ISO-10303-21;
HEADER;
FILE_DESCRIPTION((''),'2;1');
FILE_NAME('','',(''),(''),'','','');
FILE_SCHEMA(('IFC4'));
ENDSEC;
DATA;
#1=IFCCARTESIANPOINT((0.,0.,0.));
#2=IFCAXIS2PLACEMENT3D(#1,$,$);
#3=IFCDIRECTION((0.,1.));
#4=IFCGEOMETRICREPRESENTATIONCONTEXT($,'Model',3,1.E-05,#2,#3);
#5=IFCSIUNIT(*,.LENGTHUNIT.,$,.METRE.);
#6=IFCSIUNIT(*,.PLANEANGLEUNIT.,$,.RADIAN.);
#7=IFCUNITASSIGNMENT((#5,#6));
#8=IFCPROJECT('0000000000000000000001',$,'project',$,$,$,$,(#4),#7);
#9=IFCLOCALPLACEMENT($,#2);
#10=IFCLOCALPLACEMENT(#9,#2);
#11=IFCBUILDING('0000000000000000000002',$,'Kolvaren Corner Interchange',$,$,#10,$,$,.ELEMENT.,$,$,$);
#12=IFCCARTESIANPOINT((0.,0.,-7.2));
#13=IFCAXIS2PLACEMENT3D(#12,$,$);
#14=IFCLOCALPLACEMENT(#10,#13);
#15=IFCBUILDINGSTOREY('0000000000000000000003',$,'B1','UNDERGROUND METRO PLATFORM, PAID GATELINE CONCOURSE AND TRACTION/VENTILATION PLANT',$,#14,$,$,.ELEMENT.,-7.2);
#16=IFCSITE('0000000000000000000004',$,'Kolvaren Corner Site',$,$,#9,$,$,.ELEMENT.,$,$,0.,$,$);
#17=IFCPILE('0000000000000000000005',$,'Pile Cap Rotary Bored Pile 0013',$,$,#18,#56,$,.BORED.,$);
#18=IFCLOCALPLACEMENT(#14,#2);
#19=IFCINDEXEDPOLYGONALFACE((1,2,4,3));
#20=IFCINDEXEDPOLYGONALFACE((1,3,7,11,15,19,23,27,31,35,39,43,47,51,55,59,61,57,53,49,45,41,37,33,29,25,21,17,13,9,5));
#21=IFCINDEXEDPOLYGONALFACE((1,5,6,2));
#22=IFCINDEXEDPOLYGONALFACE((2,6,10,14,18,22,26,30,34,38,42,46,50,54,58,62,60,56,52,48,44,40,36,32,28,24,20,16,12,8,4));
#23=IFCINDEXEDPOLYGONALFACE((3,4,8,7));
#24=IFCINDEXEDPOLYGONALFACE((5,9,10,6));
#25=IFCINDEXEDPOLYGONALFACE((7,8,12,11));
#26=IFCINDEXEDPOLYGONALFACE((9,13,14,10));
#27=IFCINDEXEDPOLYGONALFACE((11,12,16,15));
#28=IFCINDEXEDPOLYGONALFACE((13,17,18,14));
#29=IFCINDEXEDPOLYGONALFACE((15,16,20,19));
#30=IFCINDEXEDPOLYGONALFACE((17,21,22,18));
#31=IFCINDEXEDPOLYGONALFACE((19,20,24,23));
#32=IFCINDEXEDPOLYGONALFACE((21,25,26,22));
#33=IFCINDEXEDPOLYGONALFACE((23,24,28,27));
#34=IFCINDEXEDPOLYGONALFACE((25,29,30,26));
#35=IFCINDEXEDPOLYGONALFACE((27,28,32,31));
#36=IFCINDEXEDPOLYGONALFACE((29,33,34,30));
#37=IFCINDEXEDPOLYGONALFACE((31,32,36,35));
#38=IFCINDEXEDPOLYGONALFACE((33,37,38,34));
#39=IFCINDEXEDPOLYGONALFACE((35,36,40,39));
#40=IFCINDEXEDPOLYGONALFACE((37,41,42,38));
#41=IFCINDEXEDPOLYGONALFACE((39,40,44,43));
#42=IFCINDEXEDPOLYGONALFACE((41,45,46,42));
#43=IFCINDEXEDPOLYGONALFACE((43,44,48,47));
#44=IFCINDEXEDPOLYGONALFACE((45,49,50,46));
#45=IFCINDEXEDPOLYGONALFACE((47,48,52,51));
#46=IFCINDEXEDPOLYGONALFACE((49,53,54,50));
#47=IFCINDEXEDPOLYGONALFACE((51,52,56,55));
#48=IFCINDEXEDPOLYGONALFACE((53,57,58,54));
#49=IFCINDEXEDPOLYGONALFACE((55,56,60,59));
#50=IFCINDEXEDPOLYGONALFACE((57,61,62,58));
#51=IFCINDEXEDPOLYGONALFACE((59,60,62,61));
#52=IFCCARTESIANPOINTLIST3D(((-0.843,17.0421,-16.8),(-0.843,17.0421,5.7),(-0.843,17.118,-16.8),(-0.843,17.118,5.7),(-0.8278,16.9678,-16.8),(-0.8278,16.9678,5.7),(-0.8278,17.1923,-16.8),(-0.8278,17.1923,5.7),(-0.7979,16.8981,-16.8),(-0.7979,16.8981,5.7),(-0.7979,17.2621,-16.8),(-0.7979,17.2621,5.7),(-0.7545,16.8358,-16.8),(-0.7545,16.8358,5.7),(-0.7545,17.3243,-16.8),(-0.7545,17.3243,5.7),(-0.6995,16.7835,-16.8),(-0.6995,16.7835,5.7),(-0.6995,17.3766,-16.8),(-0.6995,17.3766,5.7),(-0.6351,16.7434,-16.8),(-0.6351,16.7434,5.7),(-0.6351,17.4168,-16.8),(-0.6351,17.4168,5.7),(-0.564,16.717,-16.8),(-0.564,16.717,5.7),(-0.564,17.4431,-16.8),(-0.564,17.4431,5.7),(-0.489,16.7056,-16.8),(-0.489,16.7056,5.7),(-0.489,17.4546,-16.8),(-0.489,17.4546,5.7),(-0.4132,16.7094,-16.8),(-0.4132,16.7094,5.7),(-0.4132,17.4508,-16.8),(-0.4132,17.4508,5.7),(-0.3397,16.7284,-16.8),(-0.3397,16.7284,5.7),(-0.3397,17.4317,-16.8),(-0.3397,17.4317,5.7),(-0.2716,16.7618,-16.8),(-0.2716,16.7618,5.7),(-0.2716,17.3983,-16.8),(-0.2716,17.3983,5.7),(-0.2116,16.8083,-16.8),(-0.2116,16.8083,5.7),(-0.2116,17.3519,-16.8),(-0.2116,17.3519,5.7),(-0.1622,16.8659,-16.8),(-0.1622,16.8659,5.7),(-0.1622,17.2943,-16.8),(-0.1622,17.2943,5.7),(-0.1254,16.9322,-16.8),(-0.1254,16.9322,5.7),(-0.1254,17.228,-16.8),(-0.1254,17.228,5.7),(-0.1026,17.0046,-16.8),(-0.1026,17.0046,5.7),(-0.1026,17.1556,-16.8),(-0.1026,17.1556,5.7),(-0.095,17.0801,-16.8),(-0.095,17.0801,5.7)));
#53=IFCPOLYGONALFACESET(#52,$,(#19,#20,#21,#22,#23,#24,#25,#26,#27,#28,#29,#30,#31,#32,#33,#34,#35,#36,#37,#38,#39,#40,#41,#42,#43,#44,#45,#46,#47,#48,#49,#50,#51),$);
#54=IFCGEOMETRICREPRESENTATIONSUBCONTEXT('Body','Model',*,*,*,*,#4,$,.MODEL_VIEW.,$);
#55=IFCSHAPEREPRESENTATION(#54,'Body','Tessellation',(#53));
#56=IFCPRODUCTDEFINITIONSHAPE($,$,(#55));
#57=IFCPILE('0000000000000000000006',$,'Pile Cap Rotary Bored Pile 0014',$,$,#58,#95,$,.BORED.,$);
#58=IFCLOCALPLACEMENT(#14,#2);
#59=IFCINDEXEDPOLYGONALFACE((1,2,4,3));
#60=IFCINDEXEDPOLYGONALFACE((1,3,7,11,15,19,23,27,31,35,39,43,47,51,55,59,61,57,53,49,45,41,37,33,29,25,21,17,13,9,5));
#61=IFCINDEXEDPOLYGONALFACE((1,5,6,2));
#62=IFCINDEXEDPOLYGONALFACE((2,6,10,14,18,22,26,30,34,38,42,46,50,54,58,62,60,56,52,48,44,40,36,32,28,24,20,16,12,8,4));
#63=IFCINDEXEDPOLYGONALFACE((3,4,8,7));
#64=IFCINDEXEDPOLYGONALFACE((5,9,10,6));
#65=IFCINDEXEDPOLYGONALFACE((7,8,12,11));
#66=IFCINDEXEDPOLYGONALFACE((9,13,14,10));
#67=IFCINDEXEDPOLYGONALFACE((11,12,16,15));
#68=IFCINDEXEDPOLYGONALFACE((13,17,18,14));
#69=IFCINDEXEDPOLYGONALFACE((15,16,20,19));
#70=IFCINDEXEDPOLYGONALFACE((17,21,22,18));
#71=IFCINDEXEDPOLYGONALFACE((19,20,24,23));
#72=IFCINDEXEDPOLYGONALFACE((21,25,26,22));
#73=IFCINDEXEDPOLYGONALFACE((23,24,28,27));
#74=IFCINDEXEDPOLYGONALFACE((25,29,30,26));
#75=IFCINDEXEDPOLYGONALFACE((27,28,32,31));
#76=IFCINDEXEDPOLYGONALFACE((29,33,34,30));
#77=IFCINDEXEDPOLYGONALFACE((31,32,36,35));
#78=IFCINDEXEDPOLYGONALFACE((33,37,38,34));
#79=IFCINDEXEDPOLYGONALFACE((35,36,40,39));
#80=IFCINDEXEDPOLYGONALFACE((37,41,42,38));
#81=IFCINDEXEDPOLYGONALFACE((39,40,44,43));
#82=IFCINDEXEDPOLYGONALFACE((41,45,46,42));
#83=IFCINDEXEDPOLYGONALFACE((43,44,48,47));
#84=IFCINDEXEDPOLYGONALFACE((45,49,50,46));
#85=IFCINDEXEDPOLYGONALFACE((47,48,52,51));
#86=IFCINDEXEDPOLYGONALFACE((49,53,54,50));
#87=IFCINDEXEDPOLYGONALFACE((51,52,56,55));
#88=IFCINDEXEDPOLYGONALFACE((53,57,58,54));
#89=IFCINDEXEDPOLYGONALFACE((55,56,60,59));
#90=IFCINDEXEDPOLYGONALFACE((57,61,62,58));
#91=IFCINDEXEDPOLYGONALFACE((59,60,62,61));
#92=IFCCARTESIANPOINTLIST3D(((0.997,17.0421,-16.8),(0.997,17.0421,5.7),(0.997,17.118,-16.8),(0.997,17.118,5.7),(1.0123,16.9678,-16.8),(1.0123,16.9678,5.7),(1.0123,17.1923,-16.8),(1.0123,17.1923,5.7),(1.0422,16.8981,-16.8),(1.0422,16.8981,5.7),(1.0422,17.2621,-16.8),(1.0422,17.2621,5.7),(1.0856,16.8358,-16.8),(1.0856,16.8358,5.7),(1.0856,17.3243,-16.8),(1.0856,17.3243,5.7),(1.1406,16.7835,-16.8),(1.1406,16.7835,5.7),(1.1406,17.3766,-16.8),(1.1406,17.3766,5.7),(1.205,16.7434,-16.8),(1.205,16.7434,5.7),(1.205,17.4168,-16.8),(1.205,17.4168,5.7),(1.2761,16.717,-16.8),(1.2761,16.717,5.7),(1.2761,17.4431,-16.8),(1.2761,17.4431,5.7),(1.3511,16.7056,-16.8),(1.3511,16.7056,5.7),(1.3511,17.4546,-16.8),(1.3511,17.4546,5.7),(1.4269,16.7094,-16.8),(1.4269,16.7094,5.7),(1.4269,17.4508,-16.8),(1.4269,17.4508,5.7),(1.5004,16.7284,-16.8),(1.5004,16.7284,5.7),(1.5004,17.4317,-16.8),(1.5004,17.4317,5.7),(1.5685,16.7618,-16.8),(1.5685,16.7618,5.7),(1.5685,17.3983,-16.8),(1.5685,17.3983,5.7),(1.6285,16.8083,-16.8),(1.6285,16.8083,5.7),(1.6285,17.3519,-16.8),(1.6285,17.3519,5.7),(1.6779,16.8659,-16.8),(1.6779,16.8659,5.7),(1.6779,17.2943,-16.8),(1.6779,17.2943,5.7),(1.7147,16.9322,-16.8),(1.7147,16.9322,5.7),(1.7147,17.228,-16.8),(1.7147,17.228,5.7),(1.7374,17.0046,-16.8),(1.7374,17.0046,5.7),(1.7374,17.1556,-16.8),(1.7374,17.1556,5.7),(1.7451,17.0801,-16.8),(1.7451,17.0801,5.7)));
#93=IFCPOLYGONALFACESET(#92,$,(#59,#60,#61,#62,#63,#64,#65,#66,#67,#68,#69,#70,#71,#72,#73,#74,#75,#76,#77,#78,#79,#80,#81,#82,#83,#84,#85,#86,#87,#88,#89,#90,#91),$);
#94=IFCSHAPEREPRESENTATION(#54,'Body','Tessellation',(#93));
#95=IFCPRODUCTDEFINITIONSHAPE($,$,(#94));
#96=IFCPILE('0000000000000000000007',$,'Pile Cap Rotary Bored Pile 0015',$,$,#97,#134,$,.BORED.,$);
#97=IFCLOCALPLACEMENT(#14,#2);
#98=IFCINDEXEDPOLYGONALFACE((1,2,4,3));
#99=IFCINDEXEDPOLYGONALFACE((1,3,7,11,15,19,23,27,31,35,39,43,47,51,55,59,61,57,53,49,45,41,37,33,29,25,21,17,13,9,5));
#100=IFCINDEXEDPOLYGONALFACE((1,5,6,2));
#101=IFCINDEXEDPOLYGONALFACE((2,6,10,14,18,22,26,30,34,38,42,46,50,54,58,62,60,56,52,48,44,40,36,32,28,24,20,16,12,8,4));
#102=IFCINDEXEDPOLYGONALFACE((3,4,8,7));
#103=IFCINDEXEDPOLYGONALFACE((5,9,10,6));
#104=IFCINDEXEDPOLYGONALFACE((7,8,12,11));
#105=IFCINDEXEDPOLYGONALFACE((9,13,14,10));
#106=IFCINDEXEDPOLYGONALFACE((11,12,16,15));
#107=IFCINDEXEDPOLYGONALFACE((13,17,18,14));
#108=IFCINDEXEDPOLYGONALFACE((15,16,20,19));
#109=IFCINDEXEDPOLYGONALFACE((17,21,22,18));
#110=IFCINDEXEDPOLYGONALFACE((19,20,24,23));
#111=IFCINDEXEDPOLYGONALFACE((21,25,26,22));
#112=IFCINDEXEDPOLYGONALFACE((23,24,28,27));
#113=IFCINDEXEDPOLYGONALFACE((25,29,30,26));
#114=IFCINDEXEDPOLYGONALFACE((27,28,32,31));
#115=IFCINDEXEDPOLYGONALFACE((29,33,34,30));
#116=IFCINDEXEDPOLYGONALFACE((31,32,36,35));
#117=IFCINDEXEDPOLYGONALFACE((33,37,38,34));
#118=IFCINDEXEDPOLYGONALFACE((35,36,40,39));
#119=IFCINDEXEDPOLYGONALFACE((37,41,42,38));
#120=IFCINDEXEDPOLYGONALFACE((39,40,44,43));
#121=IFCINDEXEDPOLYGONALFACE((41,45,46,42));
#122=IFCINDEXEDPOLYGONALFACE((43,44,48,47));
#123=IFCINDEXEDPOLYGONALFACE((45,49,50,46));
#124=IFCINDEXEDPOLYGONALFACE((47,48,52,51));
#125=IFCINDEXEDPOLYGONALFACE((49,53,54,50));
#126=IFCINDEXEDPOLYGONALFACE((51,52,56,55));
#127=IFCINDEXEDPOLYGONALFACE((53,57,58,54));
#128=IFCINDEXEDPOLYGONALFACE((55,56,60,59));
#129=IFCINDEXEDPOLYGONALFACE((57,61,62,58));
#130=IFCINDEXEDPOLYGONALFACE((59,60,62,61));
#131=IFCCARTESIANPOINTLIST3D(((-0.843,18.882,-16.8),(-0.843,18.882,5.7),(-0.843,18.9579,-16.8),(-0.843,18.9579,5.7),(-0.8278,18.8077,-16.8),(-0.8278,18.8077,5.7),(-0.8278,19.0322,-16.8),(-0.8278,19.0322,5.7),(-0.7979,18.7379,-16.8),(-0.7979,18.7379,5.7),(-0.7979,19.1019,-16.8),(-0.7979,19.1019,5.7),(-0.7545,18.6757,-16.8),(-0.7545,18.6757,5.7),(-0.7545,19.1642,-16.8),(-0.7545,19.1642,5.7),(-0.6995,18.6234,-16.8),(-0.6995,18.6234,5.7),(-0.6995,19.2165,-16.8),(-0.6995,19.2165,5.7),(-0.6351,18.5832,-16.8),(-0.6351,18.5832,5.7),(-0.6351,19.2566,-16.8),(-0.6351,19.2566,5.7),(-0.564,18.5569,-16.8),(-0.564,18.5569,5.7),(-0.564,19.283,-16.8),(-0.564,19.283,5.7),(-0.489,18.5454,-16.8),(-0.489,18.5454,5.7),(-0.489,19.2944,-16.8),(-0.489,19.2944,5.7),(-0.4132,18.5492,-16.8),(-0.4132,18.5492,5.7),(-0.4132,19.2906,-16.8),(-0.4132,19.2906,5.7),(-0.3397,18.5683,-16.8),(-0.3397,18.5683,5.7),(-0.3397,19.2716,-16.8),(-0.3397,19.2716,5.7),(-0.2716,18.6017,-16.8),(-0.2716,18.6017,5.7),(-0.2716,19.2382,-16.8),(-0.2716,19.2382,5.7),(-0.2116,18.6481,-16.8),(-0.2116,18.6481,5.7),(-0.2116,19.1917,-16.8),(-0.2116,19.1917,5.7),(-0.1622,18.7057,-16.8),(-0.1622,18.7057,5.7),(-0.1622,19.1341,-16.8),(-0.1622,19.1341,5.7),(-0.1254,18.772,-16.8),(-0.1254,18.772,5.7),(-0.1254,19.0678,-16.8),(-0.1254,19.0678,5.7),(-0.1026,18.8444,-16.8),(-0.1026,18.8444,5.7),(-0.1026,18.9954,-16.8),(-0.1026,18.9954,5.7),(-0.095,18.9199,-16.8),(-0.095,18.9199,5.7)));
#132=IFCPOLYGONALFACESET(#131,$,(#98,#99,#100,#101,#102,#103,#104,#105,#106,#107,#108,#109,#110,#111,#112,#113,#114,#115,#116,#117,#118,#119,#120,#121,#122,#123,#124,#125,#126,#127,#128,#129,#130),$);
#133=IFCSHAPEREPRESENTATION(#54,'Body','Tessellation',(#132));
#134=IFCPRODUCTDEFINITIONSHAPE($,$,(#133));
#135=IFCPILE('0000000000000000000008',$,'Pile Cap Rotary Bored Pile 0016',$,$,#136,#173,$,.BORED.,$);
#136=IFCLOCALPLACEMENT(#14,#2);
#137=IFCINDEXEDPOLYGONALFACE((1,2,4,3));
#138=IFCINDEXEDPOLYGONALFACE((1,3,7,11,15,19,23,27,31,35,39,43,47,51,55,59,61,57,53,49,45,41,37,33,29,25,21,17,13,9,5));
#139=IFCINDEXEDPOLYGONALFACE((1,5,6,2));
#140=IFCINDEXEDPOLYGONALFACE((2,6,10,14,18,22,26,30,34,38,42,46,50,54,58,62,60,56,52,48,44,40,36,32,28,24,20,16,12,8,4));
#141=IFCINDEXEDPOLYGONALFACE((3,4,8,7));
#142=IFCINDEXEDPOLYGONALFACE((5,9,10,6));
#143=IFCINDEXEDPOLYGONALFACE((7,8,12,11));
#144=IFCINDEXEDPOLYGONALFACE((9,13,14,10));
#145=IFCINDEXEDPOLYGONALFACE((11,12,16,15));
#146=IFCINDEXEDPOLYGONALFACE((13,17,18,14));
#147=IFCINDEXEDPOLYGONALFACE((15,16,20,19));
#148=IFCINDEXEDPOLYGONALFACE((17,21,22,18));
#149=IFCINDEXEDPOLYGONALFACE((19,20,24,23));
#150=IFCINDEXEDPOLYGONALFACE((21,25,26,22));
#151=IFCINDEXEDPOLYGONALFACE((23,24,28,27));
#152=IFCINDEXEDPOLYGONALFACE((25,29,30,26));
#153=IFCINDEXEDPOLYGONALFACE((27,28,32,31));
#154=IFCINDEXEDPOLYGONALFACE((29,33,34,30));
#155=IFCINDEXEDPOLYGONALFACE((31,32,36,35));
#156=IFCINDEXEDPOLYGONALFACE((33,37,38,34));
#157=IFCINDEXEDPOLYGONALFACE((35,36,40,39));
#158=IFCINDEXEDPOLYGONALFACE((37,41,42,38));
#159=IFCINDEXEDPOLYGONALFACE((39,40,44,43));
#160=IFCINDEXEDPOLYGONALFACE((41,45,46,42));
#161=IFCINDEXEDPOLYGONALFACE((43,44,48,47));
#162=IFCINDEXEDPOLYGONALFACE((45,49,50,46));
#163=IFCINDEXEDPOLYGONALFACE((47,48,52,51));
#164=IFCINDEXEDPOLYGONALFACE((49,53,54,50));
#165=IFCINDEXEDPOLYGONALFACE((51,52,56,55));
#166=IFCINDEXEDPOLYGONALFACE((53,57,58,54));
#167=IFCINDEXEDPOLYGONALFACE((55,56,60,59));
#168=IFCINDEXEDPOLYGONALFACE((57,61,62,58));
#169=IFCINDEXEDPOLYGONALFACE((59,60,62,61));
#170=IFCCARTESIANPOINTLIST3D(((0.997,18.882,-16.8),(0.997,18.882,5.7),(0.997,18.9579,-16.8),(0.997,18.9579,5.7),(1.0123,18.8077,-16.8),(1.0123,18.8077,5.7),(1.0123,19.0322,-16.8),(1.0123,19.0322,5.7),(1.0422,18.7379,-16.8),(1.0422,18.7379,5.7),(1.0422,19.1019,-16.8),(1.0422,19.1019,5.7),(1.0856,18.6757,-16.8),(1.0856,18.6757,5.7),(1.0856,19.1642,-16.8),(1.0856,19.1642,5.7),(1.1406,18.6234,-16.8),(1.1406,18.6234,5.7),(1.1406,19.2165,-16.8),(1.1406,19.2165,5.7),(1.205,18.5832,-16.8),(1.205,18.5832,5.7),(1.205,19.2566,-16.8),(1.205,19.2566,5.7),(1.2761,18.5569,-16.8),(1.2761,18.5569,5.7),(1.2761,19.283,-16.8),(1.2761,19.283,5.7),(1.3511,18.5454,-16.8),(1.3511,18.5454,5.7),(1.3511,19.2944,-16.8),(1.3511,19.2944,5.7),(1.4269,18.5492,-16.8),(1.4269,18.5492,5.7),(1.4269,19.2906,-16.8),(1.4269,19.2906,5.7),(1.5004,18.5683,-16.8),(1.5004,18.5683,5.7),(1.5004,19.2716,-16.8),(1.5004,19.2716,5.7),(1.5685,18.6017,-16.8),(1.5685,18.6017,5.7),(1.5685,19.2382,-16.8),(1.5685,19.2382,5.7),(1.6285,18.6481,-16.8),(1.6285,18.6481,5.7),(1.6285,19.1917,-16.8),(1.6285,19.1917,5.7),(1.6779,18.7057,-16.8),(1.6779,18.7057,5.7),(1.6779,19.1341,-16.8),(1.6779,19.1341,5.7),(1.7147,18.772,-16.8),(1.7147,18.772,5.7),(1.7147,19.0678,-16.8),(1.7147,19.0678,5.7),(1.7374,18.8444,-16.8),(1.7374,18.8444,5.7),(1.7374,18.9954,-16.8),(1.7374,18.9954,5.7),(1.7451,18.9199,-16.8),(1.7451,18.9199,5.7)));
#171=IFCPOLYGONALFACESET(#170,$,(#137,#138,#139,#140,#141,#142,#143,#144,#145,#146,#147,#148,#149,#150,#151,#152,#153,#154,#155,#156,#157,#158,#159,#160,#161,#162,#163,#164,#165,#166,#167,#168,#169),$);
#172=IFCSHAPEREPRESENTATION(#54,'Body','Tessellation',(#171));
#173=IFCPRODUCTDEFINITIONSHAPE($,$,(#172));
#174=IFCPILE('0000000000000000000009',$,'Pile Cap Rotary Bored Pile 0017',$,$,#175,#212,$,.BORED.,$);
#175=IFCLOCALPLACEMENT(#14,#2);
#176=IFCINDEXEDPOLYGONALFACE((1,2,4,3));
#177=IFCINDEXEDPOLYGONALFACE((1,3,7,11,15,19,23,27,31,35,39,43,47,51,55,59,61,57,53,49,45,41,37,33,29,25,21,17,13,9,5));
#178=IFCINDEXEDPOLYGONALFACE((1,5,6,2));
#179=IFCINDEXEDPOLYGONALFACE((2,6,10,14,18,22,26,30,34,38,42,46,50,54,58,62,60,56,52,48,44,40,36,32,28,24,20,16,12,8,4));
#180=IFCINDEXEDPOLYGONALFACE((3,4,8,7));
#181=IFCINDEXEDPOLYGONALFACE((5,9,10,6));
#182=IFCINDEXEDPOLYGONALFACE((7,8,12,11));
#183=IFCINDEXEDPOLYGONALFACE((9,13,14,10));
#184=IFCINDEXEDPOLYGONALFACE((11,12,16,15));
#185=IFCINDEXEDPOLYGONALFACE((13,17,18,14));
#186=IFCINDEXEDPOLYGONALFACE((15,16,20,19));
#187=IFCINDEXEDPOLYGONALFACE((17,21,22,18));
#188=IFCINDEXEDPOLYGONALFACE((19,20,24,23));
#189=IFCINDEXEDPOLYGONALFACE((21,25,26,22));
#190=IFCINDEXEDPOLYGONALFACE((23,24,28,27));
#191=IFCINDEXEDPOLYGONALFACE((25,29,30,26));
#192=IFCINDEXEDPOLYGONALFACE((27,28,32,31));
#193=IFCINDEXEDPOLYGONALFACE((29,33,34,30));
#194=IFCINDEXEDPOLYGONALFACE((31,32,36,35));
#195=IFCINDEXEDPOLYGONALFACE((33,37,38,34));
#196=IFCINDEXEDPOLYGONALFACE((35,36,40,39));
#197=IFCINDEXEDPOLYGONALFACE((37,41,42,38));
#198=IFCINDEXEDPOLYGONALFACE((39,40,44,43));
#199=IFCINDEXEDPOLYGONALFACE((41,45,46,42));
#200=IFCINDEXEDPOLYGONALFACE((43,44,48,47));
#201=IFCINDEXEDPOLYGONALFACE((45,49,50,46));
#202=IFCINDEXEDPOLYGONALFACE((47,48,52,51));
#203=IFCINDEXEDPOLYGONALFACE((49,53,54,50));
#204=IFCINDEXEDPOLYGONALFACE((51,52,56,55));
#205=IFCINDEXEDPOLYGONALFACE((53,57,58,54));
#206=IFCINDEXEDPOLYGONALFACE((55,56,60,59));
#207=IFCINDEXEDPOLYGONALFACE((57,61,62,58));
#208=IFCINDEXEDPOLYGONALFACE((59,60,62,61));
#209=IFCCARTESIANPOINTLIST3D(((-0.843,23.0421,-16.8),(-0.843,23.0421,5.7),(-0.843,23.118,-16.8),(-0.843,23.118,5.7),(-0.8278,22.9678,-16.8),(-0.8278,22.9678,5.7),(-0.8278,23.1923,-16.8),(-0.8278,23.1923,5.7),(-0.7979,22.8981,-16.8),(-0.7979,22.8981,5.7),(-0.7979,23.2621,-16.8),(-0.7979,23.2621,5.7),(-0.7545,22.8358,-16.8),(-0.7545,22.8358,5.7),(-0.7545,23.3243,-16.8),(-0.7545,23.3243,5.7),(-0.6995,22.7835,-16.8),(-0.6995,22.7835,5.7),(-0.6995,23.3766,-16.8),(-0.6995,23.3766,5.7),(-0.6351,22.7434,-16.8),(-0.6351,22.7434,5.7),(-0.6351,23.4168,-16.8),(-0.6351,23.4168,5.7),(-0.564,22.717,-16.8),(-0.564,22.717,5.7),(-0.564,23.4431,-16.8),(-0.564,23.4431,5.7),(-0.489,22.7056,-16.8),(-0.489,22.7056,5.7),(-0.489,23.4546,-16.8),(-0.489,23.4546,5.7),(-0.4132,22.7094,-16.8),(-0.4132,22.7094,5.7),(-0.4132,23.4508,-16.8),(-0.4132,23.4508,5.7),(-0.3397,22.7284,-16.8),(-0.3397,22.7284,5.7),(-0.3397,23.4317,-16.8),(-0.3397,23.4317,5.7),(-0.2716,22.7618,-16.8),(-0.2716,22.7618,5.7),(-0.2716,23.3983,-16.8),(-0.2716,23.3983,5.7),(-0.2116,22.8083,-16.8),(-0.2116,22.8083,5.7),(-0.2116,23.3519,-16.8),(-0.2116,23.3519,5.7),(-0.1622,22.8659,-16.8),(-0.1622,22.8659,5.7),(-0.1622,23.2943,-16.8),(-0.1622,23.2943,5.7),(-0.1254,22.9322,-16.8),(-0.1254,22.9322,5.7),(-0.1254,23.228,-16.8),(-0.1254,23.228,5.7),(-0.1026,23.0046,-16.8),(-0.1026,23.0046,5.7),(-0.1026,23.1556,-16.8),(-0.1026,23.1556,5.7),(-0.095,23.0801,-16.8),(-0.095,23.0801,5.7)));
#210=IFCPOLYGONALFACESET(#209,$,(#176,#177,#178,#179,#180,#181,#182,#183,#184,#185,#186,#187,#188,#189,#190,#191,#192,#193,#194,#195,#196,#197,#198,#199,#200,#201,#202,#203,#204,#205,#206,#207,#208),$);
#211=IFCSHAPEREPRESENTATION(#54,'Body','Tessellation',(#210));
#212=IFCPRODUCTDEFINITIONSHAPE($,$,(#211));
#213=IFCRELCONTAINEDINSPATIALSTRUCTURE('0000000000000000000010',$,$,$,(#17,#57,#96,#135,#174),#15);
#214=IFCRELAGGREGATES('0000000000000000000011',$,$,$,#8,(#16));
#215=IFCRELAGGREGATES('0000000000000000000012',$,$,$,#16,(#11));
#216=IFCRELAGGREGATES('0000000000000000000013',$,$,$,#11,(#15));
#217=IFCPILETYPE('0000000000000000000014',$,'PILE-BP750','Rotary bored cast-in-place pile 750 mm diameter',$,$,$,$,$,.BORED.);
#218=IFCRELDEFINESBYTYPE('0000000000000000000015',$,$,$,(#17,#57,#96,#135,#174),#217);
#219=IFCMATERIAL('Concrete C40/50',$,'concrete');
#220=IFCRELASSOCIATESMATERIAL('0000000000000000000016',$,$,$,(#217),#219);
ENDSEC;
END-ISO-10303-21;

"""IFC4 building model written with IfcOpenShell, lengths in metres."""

from ifc_helpers import new_model, si_unit, direction, frame, origin, origin_2d, place, context, subcontext, project, spatial, circle, extrude, material, material_profile, profile_set, type_object, element, save


model = new_model("IFC4")

# Units and contexts
model_context = context("Model", 3, precision=1e-05, world=origin(), true_north=direction((0.0, 1.0)))
body_context = subcontext(model_context, "Body", "Model", "MODEL_VIEW")
ifc_project = project(units=[si_unit("LENGTHUNIT", "METRE"), si_unit("PLANEANGLEUNIT", "RADIAN")], contexts=[model_context])

# Site, building, storey
site_placement = place(None, origin())
site = spatial("IfcSite", under=ifc_project, at=site_placement, Name="Kolvaren Corner Site", CompositionType="ELEMENT", RefElevation=0.0)
building_placement = place(site_placement, origin())
building = spatial("IfcBuilding", under=site, at=building_placement, Name="Kolvaren Corner Interchange", CompositionType="ELEMENT")
storey_placement = place(building_placement, frame((0.0, 0.0, -7.2)))
storey = spatial("IfcBuildingStorey", under=building, at=storey_placement, Name="B1", Description="UNDERGROUND METRO PLATFORM, PAID GATELINE CONCOURSE AND TRACTION/VENTILATION PLANT", CompositionType="ELEMENT", Elevation=-7.2)

# Piles
ifc_material_1 = material(Name="Concrete C40/50", Category="concrete")
ifc_material_profile = material_profile(ifc_material_1, circle(Radius=0.375, at=origin_2d()), Name="BORED PILE 750")
ifc_profile_set = profile_set([ifc_material_profile], Name="Concrete C40/50")
pile_type = type_object("IfcPileType", Name="PILE-BP750", Description="Rotary bored cast-in-place pile 750 mm diameter", PredefinedType="BORED", material=ifc_profile_set)
for number, where, z_axis, x_axis, name in (
    (1, (-0.47, 17.0801, 5.7), (0.0, 0.0, -1.0), (1.0, 0.0, 0.0), "Pile Cap Rotary Bored Pile 0013"),
    (2, (1.3701, 17.0801, 5.7), (0.0, 0.0, -1.0), (1.0, 0.0, 0.0), "Pile Cap Rotary Bored Pile 0014"),
    (3, (-0.47, 18.9199, 5.7), (0.0, 0.0, -1.0), (1.0, 0.0, 0.0), "Pile Cap Rotary Bored Pile 0015"),
    (4, (1.3701, 18.9199, 5.7), (0.0, 0.0, -1.0), (1.0, 0.0, 0.0), "Pile Cap Rotary Bored Pile 0016"),
    (5, (-0.47, 23.0801, 5.7), (0.0, 0.0, -1.0), (1.0, 0.0, 0.0), "Pile Cap Rotary Bored Pile 0017"),
):
    element("IfcPile", number, at=place(storey_placement, frame(where, z_axis=z_axis, x_axis=x_axis)), inside=storey, type_object=pile_type, Name=name, PredefinedType="BORED", context=body_context, shape_type="SweptSolid", body=[
        extrude(circle(Radius=0.375, at=origin_2d()), origin(), (0.0, 0.0, 1.0), 22.5),
    ])

save(model, "model.ifc")
